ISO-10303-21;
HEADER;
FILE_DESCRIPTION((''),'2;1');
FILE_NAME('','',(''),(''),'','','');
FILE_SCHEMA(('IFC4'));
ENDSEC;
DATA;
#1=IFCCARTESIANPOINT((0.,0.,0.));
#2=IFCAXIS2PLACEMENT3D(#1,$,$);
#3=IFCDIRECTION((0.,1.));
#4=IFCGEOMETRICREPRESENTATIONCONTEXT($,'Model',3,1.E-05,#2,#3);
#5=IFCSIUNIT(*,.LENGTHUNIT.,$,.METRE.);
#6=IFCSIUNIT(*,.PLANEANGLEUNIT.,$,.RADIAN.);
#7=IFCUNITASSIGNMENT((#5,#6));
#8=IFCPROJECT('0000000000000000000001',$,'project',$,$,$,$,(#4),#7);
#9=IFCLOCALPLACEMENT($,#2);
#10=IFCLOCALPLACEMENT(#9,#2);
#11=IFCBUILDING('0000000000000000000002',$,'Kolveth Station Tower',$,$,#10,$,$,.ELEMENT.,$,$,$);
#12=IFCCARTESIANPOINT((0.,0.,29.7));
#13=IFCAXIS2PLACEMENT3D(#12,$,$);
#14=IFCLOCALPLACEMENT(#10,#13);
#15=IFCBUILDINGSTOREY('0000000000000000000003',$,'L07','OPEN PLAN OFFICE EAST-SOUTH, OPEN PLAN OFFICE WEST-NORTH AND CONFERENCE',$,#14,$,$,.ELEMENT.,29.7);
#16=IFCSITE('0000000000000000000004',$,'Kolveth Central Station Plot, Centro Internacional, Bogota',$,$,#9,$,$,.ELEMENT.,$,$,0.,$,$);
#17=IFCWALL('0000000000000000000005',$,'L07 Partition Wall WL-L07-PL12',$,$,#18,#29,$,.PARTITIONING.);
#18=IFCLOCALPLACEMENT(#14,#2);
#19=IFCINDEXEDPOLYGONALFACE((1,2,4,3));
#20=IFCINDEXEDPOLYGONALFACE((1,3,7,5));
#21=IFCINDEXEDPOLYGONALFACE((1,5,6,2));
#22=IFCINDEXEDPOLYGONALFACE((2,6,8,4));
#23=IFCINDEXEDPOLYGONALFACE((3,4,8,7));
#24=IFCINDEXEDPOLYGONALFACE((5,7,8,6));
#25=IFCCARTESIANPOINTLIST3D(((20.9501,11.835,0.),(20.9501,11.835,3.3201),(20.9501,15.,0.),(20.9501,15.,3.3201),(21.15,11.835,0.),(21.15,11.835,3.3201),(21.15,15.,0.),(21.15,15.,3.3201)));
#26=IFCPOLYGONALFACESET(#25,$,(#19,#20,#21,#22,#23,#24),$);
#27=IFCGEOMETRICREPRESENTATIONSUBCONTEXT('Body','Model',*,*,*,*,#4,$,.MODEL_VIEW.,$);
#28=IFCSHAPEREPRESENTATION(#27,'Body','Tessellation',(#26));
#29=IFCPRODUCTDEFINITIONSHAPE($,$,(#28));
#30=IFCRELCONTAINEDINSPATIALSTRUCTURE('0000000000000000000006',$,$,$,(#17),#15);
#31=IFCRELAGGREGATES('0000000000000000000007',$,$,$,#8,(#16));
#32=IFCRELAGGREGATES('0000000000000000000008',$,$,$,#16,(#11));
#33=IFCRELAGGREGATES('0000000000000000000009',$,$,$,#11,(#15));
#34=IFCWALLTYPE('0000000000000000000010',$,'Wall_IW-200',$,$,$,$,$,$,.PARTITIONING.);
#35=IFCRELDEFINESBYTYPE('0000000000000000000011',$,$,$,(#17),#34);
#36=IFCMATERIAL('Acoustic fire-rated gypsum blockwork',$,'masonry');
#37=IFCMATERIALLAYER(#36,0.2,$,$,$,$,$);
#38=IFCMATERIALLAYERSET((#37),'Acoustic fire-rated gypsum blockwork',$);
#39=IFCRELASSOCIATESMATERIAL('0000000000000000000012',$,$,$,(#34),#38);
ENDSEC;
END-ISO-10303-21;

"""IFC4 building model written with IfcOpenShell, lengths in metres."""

from ifc_helpers import new_model, si_unit, direction, frame, frame_2d, origin, place, context, subcontext, project, spatial, rectangle, extrude, material, layer, layer_set, type_object, element, save


model = new_model("IFC4")

# Units and contexts
model_context = context("Model", 3, precision=1e-05, world=origin(), true_north=direction((0.0, 1.0)))
body_context = subcontext(model_context, "Body", "Model", "MODEL_VIEW")
ifc_project = project(units=[si_unit("LENGTHUNIT", "METRE"), si_unit("PLANEANGLEUNIT", "RADIAN")], contexts=[model_context])

# Site, building, storey
site_placement = place(None, origin())
site = spatial("IfcSite", under=ifc_project, at=site_placement, Name="Kolveth Central Station Plot, Centro Internacional, Bogota", CompositionType="ELEMENT", RefElevation=0.0)
building_placement = place(site_placement, origin())
building = spatial("IfcBuilding", under=site, at=building_placement, Name="Kolveth Station Tower", CompositionType="ELEMENT")
storey_placement = place(building_placement, frame((0.0, 0.0, 29.7)))
storey = spatial("IfcBuildingStorey", under=building, at=storey_placement, Name="L07", Description="OPEN PLAN OFFICE EAST-SOUTH, OPEN PLAN OFFICE WEST-NORTH AND CONFERENCE", CompositionType="ELEMENT", Elevation=29.7)

# Shared definitions
ifc_material_1 = material(Name="Acoustic fire-rated gypsum blockwork", Category="masonry")
ifc_layer_1 = layer(ifc_material_1, 0.2)
ifc_layer_set_1 = layer_set([ifc_layer_1], Name="Acoustic fire-rated gypsum blockwork")
wall_type_1 = type_object("IfcWallType", Name="Wall_IW-200", PredefinedType="PARTITIONING", material=ifc_layer_set_1)

# Wall
wall_1_placement = place(storey_placement, frame((21.05, 11.835, 0.0), z_axis=(0.0, 0.0, 1.0), x_axis=(0.0, 1.0, 0.0)))
element("IfcWall", 1, at=wall_1_placement, inside=storey, type_object=wall_type_1, Name="L07 Partition Wall WL-L07-PL12", PredefinedType="PARTITIONING", context=body_context, shape_type="SweptSolid", body=[
    extrude(rectangle(XDim=3.165, YDim=0.2, at=frame_2d((1.5825, 0.0))), origin(), (0.0, 0.0, 1.0), 3.3201),
])

save(model, "model.ifc")
